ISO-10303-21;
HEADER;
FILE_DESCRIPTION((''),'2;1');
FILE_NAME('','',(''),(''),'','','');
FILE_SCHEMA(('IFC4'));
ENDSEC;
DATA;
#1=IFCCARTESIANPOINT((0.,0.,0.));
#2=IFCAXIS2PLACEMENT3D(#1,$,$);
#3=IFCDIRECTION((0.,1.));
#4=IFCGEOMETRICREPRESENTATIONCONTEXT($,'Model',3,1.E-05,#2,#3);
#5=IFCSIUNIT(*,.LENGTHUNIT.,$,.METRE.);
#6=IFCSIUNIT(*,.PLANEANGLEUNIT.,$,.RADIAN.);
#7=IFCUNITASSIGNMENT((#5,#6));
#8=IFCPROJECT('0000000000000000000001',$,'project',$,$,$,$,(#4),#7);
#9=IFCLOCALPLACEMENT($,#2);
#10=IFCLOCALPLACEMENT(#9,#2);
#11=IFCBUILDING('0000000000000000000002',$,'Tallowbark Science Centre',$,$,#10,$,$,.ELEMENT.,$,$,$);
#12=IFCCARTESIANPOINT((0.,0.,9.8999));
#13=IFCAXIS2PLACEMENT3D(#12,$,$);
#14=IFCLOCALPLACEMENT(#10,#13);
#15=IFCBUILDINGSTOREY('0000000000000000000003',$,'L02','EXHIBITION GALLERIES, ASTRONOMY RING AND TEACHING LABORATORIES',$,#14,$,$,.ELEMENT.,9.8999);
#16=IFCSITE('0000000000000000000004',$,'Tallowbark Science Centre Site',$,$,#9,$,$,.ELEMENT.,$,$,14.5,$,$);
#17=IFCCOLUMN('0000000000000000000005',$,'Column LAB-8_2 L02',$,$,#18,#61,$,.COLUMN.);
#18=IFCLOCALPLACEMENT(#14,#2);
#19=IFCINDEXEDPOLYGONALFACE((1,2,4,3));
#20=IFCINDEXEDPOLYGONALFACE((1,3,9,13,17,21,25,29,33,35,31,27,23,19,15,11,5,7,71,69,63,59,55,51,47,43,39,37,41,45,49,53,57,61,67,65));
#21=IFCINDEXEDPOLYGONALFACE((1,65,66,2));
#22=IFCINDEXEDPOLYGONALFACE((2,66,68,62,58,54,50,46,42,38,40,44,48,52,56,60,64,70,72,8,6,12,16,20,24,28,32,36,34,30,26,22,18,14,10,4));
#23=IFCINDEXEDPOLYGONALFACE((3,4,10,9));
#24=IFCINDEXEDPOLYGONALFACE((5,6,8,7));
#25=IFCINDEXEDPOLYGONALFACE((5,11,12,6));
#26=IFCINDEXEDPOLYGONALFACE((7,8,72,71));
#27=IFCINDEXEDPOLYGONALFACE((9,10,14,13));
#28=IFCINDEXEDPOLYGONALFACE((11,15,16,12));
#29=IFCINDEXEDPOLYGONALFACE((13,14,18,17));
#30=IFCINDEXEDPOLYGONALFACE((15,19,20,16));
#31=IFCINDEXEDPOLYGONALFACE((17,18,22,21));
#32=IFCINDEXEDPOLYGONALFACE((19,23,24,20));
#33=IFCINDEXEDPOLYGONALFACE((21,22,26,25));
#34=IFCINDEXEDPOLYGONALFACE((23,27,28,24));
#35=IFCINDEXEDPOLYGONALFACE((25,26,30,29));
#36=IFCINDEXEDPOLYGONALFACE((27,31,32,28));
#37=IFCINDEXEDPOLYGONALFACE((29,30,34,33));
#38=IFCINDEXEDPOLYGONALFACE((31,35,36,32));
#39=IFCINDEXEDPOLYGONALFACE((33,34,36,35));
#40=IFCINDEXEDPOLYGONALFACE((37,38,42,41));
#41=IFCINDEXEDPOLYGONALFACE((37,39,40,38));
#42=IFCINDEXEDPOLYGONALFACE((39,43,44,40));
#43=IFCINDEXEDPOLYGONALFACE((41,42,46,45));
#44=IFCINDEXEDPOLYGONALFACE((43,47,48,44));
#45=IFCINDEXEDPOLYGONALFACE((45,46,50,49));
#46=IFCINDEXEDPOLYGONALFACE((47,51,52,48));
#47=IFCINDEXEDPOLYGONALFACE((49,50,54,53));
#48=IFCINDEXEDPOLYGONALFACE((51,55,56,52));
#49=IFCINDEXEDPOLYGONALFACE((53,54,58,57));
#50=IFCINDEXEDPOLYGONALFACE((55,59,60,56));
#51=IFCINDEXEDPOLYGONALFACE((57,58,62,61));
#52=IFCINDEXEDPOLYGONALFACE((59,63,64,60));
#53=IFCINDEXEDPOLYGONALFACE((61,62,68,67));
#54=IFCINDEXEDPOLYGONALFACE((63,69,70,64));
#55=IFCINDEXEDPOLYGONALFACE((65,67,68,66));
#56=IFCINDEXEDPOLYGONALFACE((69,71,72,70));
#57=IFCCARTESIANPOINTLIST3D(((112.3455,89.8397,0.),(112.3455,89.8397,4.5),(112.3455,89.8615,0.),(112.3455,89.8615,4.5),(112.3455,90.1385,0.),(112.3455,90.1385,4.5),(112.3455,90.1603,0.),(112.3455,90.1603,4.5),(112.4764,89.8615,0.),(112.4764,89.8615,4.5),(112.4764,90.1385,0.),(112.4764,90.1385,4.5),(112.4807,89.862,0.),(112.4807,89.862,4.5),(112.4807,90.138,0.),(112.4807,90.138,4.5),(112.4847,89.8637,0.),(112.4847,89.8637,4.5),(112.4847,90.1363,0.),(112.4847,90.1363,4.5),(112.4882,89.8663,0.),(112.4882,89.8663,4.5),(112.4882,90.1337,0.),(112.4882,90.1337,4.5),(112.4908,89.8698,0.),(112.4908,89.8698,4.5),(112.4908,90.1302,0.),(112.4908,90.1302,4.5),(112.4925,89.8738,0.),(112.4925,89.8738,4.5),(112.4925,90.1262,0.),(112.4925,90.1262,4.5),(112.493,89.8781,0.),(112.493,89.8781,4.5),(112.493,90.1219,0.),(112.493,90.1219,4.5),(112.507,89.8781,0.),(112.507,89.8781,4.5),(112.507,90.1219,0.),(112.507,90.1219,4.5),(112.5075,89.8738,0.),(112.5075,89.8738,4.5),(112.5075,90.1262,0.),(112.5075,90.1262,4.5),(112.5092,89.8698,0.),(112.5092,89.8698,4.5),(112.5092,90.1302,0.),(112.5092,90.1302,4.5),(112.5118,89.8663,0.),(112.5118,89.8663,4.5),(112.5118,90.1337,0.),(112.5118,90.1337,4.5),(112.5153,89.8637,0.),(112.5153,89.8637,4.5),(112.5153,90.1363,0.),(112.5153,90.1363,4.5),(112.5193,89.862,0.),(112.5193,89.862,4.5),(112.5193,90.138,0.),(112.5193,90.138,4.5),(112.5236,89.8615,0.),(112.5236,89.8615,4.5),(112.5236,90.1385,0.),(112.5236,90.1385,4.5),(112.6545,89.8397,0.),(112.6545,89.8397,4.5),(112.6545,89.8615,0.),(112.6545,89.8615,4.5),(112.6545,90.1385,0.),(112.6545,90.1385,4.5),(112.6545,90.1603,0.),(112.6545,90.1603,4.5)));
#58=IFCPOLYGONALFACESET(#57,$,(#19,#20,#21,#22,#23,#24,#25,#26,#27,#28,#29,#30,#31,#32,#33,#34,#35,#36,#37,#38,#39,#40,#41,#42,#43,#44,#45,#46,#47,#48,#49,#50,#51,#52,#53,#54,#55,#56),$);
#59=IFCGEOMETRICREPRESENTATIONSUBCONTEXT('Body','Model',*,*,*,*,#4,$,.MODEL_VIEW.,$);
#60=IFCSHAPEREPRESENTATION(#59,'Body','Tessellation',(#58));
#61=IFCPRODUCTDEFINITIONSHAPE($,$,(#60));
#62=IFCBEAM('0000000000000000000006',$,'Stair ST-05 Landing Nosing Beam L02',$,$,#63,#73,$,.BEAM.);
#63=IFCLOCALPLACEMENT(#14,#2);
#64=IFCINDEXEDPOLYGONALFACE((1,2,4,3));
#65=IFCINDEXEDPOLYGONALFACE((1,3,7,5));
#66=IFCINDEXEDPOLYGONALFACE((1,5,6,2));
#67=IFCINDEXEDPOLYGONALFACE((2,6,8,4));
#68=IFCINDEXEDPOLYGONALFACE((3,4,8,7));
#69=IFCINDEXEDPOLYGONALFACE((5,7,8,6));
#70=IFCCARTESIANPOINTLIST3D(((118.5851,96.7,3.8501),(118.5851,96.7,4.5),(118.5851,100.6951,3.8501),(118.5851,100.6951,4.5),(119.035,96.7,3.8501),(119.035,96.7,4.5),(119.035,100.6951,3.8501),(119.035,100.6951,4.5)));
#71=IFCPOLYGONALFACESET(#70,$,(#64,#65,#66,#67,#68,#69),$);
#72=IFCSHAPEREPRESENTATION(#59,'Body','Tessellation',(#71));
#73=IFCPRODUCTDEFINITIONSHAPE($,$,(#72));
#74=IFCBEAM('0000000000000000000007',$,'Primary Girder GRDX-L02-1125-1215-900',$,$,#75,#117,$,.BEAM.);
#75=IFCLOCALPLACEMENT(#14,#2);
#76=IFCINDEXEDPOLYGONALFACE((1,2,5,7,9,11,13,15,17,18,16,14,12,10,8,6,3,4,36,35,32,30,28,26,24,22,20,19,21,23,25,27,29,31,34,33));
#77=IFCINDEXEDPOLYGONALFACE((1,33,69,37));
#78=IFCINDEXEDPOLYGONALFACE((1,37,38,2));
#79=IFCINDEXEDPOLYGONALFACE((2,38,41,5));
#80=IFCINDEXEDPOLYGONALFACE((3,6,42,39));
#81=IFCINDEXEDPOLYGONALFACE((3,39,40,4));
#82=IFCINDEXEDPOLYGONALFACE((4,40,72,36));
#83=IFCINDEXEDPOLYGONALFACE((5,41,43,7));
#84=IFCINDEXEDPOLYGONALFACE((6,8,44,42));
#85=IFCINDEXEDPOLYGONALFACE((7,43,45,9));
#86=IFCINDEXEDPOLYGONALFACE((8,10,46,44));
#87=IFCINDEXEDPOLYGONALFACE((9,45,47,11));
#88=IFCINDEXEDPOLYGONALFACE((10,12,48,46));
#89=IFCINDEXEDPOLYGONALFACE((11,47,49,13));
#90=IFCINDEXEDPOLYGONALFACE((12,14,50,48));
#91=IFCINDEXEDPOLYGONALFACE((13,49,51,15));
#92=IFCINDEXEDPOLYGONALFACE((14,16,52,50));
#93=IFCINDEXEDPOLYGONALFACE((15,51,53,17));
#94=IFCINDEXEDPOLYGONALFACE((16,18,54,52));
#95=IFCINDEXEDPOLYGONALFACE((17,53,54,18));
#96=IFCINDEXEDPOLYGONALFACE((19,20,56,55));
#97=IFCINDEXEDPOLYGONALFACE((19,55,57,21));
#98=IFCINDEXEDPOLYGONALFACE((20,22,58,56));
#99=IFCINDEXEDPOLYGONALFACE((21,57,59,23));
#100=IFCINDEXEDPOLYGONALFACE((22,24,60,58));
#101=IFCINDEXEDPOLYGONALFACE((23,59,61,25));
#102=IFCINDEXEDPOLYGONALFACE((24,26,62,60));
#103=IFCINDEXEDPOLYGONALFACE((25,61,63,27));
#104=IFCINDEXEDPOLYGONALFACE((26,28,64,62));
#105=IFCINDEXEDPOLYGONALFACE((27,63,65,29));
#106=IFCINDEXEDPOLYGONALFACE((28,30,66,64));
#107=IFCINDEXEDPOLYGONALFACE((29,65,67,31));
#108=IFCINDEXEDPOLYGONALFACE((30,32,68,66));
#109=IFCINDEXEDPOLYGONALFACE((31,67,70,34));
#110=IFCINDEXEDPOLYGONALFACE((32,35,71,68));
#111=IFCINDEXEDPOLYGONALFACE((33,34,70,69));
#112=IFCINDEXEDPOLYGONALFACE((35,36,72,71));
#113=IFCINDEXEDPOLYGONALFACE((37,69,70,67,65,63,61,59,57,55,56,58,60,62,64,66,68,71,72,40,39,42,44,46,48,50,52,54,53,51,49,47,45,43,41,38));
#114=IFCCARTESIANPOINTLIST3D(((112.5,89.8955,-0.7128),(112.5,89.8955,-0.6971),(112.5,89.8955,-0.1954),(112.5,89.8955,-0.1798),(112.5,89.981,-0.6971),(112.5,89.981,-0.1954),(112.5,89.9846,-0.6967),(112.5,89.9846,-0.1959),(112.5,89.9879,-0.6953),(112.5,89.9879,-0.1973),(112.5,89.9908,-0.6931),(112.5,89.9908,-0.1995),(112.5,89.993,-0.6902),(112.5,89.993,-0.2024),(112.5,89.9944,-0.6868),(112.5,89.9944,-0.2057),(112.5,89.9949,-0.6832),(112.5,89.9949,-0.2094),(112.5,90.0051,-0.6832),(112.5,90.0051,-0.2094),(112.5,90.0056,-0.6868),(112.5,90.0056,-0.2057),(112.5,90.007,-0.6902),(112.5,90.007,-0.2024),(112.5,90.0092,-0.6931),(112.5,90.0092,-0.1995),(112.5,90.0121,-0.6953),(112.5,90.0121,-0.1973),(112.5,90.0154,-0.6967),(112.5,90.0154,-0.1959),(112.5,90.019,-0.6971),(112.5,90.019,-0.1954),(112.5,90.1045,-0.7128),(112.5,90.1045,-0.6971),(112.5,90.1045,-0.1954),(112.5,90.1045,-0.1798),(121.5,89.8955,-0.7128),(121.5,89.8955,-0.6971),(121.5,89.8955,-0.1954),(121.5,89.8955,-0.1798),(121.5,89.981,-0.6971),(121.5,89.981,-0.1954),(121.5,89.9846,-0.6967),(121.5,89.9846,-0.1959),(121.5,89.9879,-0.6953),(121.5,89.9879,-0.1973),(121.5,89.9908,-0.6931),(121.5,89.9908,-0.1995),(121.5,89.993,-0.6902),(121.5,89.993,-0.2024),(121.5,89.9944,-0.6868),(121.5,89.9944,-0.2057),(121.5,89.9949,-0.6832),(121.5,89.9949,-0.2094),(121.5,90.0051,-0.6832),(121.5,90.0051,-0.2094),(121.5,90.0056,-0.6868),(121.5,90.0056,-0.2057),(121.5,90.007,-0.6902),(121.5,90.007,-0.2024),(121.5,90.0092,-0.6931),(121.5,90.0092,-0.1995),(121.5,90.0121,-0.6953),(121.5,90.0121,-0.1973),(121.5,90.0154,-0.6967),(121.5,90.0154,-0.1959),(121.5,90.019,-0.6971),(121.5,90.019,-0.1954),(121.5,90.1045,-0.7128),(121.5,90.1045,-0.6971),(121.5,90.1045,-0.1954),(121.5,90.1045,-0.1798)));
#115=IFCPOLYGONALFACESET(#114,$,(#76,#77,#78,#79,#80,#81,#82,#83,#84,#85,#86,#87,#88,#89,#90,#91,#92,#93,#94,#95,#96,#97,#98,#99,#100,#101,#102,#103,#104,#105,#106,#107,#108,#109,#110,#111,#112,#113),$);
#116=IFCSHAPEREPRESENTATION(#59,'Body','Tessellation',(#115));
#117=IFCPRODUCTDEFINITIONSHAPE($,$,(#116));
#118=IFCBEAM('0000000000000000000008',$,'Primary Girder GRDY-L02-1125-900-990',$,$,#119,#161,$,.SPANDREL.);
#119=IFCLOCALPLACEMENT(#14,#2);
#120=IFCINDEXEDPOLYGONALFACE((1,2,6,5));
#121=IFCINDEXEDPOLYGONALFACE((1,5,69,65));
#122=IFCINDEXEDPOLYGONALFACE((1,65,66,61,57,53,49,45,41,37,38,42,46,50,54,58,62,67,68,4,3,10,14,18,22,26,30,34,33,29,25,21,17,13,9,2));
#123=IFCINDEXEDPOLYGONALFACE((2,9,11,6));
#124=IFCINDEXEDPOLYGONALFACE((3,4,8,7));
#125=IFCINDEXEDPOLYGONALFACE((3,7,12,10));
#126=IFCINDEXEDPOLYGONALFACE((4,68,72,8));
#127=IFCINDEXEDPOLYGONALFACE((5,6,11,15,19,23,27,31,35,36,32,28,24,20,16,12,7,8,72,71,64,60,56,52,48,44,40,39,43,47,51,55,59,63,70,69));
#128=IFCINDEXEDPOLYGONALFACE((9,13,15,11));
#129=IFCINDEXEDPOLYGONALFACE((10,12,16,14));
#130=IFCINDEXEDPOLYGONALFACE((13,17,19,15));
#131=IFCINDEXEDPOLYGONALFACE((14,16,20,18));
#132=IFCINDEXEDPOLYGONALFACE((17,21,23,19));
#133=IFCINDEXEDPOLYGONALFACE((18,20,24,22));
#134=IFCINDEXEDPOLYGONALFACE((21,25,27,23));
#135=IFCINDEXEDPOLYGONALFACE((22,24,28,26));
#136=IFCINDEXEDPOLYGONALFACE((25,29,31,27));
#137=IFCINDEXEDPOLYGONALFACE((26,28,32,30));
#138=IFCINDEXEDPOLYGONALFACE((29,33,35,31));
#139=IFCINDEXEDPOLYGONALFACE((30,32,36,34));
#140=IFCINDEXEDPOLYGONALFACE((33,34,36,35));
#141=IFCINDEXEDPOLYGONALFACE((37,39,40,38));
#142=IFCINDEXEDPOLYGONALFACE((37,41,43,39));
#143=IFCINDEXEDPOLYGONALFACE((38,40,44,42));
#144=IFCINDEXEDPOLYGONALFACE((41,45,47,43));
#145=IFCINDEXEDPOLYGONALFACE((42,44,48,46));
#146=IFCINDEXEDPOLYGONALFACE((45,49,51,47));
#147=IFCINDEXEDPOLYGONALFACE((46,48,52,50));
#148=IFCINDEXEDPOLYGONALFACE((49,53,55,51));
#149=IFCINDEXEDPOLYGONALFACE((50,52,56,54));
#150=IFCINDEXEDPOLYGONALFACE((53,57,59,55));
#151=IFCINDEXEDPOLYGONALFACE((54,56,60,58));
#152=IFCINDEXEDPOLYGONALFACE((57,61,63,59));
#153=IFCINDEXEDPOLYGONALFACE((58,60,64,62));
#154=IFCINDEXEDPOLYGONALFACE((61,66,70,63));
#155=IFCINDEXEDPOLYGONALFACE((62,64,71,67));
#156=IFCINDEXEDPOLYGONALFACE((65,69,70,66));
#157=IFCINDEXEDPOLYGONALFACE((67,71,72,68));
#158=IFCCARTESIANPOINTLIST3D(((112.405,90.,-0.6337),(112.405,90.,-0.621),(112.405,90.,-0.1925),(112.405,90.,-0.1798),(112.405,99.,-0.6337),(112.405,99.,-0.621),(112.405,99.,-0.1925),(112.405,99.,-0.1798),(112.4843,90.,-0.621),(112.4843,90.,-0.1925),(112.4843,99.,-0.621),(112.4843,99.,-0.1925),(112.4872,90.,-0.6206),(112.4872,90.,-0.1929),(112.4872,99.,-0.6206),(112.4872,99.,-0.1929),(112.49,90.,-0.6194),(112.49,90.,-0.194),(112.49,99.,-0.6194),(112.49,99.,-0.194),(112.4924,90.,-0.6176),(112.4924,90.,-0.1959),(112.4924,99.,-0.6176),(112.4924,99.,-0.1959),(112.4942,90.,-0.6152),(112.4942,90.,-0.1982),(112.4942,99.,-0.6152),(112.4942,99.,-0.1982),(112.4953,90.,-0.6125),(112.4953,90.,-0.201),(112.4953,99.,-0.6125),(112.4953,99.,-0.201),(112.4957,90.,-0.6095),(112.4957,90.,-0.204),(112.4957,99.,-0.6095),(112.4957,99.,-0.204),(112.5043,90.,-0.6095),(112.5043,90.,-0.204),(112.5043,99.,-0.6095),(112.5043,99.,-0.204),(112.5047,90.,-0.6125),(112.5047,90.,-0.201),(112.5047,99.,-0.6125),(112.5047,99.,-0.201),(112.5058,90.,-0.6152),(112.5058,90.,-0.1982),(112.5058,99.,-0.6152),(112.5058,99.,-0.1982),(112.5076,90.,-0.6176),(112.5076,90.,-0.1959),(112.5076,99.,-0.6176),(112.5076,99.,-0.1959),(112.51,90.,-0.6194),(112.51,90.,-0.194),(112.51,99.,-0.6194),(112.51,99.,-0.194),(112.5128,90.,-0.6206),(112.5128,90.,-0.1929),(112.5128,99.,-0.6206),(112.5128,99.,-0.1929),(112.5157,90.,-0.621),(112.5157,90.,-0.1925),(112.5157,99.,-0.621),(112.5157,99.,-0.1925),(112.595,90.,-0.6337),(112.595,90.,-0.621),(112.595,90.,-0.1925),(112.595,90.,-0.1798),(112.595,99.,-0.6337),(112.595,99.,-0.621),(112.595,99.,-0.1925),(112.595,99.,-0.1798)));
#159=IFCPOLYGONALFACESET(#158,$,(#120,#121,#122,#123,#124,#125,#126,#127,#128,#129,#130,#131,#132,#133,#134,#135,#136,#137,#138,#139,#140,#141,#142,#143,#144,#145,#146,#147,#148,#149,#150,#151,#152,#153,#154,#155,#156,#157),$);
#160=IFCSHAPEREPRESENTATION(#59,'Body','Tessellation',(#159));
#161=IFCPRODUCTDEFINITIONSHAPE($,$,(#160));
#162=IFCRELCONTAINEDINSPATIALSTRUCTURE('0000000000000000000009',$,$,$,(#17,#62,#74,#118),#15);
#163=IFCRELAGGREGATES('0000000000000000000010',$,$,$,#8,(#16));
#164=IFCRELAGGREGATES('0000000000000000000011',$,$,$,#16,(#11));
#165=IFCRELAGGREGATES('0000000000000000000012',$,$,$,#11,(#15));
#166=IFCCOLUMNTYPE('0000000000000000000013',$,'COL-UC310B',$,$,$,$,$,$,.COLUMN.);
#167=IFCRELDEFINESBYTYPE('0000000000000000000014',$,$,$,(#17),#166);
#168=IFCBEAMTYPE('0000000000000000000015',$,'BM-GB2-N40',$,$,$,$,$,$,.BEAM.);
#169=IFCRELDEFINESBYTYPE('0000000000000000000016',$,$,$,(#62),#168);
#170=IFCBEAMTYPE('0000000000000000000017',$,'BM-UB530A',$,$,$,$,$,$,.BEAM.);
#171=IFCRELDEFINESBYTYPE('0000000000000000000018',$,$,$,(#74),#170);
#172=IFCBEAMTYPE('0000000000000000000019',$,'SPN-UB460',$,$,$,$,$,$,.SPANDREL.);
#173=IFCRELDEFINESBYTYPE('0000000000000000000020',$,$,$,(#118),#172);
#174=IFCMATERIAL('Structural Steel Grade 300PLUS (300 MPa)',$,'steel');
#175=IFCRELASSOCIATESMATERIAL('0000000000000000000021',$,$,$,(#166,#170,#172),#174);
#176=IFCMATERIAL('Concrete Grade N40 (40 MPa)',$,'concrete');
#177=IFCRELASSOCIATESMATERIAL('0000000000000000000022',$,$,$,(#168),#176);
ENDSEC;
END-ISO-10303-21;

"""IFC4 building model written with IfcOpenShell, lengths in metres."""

from ifc_helpers import new_model, si_unit, direction, frame, origin, origin_2d, place, context, subcontext, project, spatial, rectangle, i_section, extrude, material, material_profile, profile_set, type_object, element, save


model = new_model("IFC4")

# Units and contexts
model_context = context("Model", 3, precision=1e-05, world=origin(), true_north=direction((0.0, 1.0)))
body_context = subcontext(model_context, "Body", "Model", "MODEL_VIEW")
ifc_project = project(units=[si_unit("LENGTHUNIT", "METRE"), si_unit("PLANEANGLEUNIT", "RADIAN")], contexts=[model_context])

# Site, building, storey
site_placement = place(None, origin())
site = spatial("IfcSite", under=ifc_project, at=site_placement, Name="Tallowbark Science Centre Site", CompositionType="ELEMENT", RefElevation=14.5)
building_placement = place(site_placement, origin())
building = spatial("IfcBuilding", under=site, at=building_placement, Name="Tallowbark Science Centre", CompositionType="ELEMENT")
storey_placement = place(building_placement, frame((0.0, 0.0, 9.8999)))
storey = spatial("IfcBuildingStorey", under=building, at=storey_placement, Name="L02", Description="EXHIBITION GALLERIES, ASTRONOMY RING AND TEACHING LABORATORIES", CompositionType="ELEMENT", Elevation=9.8999)

# Column
ifc_material_1 = material(Name="Structural Steel Grade 300PLUS (300 MPa)", Category="steel")
ifc_material_profile_1 = material_profile(ifc_material_1, i_section(OverallWidth=0.3091, OverallDepth=0.3206, WebThickness=0.0139, FlangeThickness=0.0217, FilletRadius=0.0166, at=origin_2d()), Name="310UC137")
ifc_profile_set_1 = profile_set([ifc_material_profile_1], Name="Structural Steel Grade 300PLUS (300 MPa)")
column_type = type_object("IfcColumnType", Name="COL-UC310B", PredefinedType="COLUMN", material=ifc_profile_set_1)
column_placement = place(storey_placement, frame((112.5, 90.0, 0.0), z_axis=(0.0, 0.0, 1.0), x_axis=(1.0, 0.0, 0.0)))
element("IfcColumn", 1, at=column_placement, inside=storey, type_object=column_type, Name="Column LAB-8_2 L02", PredefinedType="COLUMN", context=body_context, shape_type="SweptSolid", body=[
    extrude(i_section(OverallWidth=0.3091, OverallDepth=0.3206, WebThickness=0.0139, FlangeThickness=0.0217, FilletRadius=0.0166, at=origin_2d()), origin(), (0.0, 0.0, 1.0), 4.5),
])

# Beams
ifc_material_2 = material(Name="Concrete Grade N40 (40 MPa)", Category="concrete")
ifc_material_profile_2 = material_profile(ifc_material_2, rectangle(XDim=0.45, YDim=0.6499, at=origin_2d()), Name="RC450x650")
ifc_profile_set_2 = profile_set([ifc_material_profile_2], Name="Concrete Grade N40 (40 MPa)")
beam_type_1 = type_object("IfcBeamType", Name="BM-GB2-N40", PredefinedType="BEAM", material=ifc_profile_set_2)
beam_1_placement = place(storey_placement, frame((118.8101, 96.7, 4.175), z_axis=(0.0, 1.0, 0.0), x_axis=(-1.0, 0.0, 0.0)))
element("IfcBeam", 2, at=beam_1_placement, inside=storey, type_object=beam_type_1, Name="Stair ST-05 Landing Nosing Beam L02", PredefinedType="BEAM", context=body_context, shape_type="SweptSolid", body=[
    extrude(rectangle(XDim=0.45, YDim=0.6499, at=origin_2d()), origin(), (0.0, 0.0, 1.0), 3.9951),
])
ifc_material_profile_3 = material_profile(ifc_material_1, i_section(OverallWidth=0.209, OverallDepth=0.533, WebThickness=0.0103, FlangeThickness=0.0156, FilletRadius=0.0139, at=origin_2d()), Name="530UB92.4")
ifc_profile_set_3 = profile_set([ifc_material_profile_3], Name="Structural Steel Grade 300PLUS (300 MPa)")
beam_type_2 = type_object("IfcBeamType", Name="BM-UB530A", PredefinedType="BEAM", material=ifc_profile_set_3)
beam_2_placement = place(storey_placement, frame((112.5, 90.0, -0.4463), z_axis=(1.0, 0.0, 0.0), x_axis=(0.0, 1.0, 0.0)))
element("IfcBeam", 3, at=beam_2_placement, inside=storey, type_object=beam_type_2, Name="Primary Girder GRDX-L02-1125-1215-900", PredefinedType="BEAM", context=body_context, shape_type="SweptSolid", body=[
    extrude(i_section(OverallWidth=0.209, OverallDepth=0.533, WebThickness=0.0103, FlangeThickness=0.0156, FilletRadius=0.0139, at=origin_2d()), origin(), (0.0, 0.0, 1.0), 9.0),
])
ifc_material_profile_4 = material_profile(ifc_material_1, i_section(OverallWidth=0.1899, OverallDepth=0.4539, WebThickness=0.0085, FlangeThickness=0.0127, FilletRadius=0.0115, at=origin_2d()), Name="460UB67.1")
ifc_profile_set_4 = profile_set([ifc_material_profile_4], Name="Structural Steel Grade 300PLUS (300 MPa)")
beam_type_3 = type_object("IfcBeamType", Name="SPN-UB460", PredefinedType="SPANDREL", material=ifc_profile_set_4)
beam_3_placement = place(storey_placement, frame((112.5, 90.0, -0.4067), z_axis=(0.0, 1.0, 0.0), x_axis=(-1.0, 0.0, 0.0)))
element("IfcBeam", 4, at=beam_3_placement, inside=storey, type_object=beam_type_3, Name="Primary Girder GRDY-L02-1125-900-990", PredefinedType="SPANDREL", context=body_context, shape_type="SweptSolid", body=[
    extrude(i_section(OverallWidth=0.1899, OverallDepth=0.4539, WebThickness=0.0085, FlangeThickness=0.0127, FilletRadius=0.0115, at=origin_2d()), origin(), (0.0, 0.0, 1.0), 9.0),
])

save(model, "model.ifc")
